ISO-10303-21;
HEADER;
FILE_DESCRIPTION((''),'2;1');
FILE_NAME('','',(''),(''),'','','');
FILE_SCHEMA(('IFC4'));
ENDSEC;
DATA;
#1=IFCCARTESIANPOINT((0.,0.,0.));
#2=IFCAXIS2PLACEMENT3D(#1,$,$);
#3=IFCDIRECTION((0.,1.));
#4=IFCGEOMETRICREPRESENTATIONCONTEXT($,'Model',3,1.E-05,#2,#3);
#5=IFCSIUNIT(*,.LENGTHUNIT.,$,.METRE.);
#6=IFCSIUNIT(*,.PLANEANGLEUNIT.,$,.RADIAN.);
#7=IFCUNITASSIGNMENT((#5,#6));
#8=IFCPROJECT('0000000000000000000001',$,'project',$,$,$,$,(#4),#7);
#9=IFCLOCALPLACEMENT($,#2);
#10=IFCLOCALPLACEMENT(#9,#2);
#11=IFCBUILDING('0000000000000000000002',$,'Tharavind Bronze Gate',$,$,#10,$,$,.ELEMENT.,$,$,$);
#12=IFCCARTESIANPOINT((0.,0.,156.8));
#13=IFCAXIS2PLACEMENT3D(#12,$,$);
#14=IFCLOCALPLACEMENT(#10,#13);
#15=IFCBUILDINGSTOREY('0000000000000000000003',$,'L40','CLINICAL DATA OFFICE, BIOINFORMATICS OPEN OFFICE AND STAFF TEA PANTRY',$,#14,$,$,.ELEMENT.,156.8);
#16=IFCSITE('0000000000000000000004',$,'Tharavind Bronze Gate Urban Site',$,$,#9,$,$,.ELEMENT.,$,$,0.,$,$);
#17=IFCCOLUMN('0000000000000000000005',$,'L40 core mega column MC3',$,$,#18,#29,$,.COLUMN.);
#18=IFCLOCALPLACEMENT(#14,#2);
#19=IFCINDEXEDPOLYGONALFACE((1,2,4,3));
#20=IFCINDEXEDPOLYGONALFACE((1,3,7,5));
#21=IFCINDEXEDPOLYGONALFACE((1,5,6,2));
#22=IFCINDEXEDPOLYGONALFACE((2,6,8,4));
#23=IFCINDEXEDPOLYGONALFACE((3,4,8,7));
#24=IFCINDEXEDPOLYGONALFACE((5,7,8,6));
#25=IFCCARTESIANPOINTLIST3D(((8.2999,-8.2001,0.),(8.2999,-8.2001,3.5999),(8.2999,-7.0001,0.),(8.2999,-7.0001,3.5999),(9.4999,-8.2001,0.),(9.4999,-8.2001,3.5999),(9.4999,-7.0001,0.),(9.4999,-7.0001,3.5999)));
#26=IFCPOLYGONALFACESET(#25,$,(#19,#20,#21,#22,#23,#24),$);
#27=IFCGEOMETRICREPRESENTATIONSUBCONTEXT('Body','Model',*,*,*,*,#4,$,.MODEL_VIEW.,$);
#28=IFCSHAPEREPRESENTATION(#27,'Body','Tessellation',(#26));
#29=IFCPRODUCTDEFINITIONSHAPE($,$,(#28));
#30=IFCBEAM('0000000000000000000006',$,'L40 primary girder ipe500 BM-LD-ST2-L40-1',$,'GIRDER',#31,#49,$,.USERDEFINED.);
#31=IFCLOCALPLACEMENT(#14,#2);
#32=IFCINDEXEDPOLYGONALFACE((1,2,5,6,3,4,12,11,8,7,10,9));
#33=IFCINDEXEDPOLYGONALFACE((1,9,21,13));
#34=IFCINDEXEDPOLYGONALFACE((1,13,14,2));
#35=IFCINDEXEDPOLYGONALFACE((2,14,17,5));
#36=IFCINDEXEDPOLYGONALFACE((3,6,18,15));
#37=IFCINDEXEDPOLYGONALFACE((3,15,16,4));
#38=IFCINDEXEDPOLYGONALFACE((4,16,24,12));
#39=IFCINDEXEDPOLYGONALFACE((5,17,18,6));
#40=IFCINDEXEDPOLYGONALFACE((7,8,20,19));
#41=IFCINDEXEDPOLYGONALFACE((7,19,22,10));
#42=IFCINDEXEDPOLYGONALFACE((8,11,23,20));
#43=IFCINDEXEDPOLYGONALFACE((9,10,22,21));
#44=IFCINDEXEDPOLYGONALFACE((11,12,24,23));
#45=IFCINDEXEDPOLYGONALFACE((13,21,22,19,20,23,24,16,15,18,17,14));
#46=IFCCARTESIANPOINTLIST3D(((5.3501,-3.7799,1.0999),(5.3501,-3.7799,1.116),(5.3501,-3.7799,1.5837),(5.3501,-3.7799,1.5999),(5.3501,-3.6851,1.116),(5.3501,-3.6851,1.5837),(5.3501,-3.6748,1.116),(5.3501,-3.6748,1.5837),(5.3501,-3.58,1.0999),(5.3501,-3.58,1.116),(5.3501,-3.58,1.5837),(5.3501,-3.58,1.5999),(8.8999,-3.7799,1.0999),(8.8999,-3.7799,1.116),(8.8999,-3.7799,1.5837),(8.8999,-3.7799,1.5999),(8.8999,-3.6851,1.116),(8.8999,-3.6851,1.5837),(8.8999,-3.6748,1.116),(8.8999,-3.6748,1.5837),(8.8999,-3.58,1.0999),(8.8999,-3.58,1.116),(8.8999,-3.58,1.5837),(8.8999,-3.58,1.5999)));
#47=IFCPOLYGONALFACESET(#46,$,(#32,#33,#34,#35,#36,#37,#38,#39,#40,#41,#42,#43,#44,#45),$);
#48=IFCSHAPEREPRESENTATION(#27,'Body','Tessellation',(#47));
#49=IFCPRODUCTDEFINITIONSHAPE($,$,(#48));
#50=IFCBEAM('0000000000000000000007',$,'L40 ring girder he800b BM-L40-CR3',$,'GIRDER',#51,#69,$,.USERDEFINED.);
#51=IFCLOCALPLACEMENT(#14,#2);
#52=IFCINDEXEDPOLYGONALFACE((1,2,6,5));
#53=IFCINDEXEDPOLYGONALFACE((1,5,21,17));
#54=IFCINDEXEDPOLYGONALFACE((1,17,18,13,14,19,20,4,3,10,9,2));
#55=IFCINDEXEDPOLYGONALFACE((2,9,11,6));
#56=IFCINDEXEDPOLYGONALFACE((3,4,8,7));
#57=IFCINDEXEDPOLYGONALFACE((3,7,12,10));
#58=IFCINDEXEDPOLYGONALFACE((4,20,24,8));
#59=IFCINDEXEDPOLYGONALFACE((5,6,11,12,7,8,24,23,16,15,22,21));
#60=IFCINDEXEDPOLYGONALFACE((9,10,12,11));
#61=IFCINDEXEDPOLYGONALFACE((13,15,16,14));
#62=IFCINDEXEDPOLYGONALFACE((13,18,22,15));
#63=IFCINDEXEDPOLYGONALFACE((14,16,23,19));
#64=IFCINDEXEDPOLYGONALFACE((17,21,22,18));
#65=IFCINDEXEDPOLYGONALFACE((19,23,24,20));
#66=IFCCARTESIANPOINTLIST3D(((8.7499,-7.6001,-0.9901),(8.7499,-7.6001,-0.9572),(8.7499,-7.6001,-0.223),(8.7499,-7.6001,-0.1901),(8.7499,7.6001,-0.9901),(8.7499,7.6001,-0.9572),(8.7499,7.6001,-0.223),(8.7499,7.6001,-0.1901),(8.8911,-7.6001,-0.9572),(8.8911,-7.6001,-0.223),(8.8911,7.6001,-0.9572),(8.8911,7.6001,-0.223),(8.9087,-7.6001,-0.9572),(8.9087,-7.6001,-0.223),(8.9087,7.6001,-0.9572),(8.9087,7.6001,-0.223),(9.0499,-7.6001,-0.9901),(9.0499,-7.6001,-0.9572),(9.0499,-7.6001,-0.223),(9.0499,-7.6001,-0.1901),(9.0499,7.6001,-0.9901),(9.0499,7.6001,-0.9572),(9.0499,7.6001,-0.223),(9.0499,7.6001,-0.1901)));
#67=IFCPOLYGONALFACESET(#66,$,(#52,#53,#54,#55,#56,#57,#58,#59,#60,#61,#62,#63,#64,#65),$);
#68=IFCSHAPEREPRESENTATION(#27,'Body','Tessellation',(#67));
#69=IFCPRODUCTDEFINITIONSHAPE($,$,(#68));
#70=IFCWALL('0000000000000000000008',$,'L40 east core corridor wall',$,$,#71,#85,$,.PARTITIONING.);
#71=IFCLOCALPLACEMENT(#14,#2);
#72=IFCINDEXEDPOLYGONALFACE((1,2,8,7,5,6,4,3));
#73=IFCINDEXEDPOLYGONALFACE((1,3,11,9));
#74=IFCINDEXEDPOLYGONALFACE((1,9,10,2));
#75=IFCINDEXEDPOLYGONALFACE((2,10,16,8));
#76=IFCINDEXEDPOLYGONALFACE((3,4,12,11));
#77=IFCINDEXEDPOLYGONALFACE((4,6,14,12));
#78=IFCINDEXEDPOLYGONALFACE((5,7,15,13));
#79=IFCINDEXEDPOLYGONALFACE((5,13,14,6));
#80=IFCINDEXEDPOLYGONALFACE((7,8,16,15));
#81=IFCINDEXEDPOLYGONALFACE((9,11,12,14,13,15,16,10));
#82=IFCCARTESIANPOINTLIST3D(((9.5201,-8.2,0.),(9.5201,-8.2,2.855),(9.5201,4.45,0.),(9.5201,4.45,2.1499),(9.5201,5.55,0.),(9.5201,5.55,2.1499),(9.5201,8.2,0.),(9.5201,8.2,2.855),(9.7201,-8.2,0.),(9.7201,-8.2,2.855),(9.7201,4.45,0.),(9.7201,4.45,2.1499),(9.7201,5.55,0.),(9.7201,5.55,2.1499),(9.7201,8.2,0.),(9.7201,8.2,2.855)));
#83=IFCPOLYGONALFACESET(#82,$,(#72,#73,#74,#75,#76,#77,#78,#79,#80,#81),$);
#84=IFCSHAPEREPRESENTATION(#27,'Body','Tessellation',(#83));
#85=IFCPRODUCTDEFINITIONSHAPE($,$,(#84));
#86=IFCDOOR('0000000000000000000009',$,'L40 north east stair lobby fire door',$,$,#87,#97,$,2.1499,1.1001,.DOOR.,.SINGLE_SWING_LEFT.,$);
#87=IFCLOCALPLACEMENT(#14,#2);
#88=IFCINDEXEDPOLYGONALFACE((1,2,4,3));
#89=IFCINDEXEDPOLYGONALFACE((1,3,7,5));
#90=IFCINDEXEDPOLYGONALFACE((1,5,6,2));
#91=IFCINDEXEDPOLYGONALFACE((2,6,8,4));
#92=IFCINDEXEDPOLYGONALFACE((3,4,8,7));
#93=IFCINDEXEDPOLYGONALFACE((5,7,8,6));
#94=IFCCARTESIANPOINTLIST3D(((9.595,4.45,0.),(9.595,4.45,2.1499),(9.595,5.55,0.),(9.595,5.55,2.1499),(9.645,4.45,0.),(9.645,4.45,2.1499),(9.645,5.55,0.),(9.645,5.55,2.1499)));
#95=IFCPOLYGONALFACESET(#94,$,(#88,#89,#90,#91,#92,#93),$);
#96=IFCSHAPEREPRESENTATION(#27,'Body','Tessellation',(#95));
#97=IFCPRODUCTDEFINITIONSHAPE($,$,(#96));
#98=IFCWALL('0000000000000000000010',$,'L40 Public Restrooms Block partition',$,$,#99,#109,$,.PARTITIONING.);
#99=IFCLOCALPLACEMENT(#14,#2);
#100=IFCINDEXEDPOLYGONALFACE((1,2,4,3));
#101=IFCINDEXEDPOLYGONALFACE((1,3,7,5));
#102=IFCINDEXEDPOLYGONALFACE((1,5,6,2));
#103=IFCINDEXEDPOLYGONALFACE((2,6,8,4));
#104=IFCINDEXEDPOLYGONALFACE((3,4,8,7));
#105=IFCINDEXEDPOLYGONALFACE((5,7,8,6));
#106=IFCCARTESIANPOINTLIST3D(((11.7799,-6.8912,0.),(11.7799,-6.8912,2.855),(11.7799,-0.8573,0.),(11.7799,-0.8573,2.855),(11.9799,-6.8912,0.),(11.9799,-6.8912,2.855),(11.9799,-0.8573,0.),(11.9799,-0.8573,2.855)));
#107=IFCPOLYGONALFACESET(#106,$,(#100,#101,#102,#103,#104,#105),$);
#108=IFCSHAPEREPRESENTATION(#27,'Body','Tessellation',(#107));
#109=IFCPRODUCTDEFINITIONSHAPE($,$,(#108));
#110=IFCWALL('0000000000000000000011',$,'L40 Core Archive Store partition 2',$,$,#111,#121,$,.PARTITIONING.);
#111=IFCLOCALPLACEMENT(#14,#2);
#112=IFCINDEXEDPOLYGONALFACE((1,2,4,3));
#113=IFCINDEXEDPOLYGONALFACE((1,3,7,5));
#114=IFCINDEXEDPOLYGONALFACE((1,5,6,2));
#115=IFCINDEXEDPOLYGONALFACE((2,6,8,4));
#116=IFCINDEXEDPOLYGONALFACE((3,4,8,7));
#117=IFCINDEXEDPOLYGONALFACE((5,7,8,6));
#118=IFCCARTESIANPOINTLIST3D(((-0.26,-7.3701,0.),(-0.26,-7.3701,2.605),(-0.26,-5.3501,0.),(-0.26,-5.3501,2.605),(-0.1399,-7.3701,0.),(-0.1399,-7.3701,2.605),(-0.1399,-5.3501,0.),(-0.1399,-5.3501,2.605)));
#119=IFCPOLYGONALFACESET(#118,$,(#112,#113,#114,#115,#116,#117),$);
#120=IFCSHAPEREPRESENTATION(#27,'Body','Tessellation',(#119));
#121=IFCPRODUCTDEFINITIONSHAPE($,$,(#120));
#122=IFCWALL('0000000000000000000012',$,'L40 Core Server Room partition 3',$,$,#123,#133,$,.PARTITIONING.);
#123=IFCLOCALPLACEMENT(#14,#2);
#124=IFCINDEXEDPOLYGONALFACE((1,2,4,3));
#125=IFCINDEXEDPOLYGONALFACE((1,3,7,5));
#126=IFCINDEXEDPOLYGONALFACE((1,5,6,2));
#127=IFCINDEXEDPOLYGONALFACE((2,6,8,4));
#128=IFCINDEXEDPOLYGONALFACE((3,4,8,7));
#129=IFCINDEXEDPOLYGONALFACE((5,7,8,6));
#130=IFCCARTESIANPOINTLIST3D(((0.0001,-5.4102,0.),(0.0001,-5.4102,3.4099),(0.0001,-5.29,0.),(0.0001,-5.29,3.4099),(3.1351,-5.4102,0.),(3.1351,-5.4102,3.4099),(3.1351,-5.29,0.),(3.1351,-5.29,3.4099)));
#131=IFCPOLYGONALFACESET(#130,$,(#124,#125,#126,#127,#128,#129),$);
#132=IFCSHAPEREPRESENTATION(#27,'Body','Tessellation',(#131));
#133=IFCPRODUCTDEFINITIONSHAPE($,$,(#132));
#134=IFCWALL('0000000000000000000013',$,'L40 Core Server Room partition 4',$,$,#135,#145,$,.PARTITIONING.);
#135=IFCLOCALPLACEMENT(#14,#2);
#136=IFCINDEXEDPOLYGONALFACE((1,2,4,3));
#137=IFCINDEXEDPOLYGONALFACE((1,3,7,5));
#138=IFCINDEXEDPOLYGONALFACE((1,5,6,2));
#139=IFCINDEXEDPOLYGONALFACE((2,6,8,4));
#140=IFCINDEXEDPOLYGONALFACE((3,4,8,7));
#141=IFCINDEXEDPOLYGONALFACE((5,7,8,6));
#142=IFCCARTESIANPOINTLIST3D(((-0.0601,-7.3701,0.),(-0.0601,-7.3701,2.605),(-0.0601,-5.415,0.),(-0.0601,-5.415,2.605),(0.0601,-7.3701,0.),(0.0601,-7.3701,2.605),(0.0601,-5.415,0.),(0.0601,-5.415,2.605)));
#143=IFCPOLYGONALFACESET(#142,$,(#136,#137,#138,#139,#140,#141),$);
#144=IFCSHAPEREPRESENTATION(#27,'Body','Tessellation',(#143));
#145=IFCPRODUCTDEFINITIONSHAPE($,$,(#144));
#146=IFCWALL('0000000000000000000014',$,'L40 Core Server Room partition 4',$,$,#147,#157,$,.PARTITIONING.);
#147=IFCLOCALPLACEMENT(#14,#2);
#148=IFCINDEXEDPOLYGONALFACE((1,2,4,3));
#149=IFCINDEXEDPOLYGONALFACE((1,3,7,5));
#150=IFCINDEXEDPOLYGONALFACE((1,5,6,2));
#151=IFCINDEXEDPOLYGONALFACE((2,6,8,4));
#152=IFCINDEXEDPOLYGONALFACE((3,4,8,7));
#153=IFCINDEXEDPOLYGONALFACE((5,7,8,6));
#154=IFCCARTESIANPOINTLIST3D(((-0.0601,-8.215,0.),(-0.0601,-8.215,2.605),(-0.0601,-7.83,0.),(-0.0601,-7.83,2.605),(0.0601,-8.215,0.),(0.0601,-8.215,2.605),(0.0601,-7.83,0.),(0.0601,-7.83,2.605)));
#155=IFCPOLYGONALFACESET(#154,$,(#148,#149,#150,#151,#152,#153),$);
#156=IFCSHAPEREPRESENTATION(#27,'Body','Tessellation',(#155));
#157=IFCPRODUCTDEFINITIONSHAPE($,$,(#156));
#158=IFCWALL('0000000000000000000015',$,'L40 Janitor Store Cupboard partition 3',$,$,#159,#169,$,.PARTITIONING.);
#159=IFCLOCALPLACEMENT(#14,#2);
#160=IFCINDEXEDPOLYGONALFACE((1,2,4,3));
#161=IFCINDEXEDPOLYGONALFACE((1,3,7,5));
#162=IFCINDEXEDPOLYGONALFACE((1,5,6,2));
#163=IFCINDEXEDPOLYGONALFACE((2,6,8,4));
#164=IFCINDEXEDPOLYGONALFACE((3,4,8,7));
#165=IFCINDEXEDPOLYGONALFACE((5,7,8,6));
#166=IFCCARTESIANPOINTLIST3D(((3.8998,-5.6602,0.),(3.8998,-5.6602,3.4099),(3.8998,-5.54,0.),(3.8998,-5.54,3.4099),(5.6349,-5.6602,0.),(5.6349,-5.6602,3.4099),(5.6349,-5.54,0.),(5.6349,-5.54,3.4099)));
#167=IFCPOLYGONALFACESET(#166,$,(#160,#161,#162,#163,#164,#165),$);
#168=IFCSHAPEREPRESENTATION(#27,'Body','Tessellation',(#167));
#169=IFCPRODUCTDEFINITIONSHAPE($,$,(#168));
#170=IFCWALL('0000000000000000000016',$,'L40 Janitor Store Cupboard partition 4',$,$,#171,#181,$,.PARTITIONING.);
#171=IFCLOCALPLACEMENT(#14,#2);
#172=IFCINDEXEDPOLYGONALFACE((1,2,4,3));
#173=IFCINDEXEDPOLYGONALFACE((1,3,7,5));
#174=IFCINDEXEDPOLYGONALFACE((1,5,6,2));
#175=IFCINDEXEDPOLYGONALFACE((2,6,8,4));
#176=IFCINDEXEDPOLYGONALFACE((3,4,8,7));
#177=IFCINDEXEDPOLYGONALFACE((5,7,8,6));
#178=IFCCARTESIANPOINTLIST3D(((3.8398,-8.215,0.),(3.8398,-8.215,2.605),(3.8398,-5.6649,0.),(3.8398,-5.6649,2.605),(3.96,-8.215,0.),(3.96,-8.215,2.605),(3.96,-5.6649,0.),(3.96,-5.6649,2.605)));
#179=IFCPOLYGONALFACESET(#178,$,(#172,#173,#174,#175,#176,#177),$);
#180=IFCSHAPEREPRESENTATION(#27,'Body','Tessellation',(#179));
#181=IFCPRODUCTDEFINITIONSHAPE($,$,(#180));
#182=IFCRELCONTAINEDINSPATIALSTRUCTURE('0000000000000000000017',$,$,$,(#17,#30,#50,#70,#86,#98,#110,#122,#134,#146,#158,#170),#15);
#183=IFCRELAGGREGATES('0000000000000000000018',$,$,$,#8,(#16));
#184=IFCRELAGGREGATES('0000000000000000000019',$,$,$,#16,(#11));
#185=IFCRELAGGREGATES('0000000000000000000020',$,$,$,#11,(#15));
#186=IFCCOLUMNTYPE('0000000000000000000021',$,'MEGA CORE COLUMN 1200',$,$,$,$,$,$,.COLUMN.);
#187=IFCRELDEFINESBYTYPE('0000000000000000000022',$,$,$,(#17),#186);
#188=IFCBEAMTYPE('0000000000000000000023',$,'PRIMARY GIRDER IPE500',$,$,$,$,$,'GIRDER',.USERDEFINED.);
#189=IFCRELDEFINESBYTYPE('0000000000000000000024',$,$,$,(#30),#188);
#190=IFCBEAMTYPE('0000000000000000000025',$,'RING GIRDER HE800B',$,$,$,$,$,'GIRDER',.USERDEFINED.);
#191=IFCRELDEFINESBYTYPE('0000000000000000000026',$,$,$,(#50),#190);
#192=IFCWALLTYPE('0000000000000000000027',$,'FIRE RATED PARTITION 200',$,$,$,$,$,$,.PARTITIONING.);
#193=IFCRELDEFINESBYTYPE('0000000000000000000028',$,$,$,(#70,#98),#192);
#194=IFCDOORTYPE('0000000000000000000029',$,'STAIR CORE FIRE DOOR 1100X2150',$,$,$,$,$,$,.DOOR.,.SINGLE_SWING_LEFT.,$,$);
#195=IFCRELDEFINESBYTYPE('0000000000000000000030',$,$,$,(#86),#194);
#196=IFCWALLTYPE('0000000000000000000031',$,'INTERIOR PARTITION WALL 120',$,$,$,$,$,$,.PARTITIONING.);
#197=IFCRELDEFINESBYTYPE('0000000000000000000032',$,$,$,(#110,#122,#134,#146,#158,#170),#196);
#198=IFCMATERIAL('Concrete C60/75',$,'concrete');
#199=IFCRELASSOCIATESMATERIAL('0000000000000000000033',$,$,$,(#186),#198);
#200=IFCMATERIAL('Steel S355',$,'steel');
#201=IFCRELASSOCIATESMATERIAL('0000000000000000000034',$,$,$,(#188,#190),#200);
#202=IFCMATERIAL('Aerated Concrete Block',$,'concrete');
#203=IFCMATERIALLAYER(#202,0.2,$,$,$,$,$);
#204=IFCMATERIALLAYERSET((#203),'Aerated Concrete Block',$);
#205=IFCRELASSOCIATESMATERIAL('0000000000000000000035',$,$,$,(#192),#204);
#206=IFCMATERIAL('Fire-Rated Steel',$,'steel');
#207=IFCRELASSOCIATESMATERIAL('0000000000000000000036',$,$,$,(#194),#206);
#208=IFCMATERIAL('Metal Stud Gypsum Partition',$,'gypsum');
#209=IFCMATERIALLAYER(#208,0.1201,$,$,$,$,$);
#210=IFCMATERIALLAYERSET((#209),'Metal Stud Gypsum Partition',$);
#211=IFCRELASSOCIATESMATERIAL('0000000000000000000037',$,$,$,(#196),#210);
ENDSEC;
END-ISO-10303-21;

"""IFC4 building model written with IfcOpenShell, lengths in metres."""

from ifc_helpers import new_model, si_unit, direction, frame, frame_2d, origin, origin_2d, place, context, subcontext, project, spatial, rectangle, i_section, extrude, material, layer, layer_set, material_profile, profile_set, type_object, element, fill, save


model = new_model("IFC4")

# Units and contexts
model_context = context("Model", 3, precision=1e-05, world=origin(), true_north=direction((0.0, 1.0)))
body_context = subcontext(model_context, "Body", "Model", "MODEL_VIEW")
ifc_project = project(units=[si_unit("LENGTHUNIT", "METRE"), si_unit("PLANEANGLEUNIT", "RADIAN")], contexts=[model_context])

# Site, building, storey
site_placement = place(None, origin())
site = spatial("IfcSite", under=ifc_project, at=site_placement, Name="Tharavind Bronze Gate Urban Site", CompositionType="ELEMENT", RefElevation=0.0)
building_placement = place(site_placement, origin())
building = spatial("IfcBuilding", under=site, at=building_placement, Name="Tharavind Bronze Gate", CompositionType="ELEMENT")
storey_placement = place(building_placement, frame((0.0, 0.0, 156.8)))
storey = spatial("IfcBuildingStorey", under=building, at=storey_placement, Name="L40", Description="CLINICAL DATA OFFICE, BIOINFORMATICS OPEN OFFICE AND STAFF TEA PANTRY", CompositionType="ELEMENT", Elevation=156.8)

# Column
ifc_material_1 = material(Name="Concrete C60/75", Category="concrete")
ifc_material_profile_1 = material_profile(ifc_material_1, rectangle(XDim=1.2, YDim=1.2, at=origin_2d()), Name="RCCOL1200")
ifc_profile_set_1 = profile_set([ifc_material_profile_1], Name="Concrete C60/75")
column_type = type_object("IfcColumnType", Name="MEGA CORE COLUMN 1200", PredefinedType="COLUMN", material=ifc_profile_set_1)
column_placement = place(storey_placement, frame((8.8999, -7.6001, 0.0), z_axis=(0.0, 0.0, 1.0), x_axis=(1.0, 0.0, 0.0)))
element("IfcColumn", 1, at=column_placement, inside=storey, type_object=column_type, Name="L40 core mega column MC3", PredefinedType="COLUMN", context=body_context, shape_type="SweptSolid", body=[
    extrude(rectangle(XDim=1.2, YDim=1.2, at=origin_2d()), origin(), (0.0, 0.0, 1.0), 3.5999),
])

# Beams
ifc_material_2 = material(Name="Steel S355", Category="steel")
ifc_material_profile_2 = material_profile(ifc_material_2, i_section(OverallWidth=0.2, OverallDepth=0.5, WebThickness=0.0103, FlangeThickness=0.0161, at=origin_2d()), Name="IPE500")
ifc_profile_set_2 = profile_set([ifc_material_profile_2], Name="Steel S355")
beam_type_1 = type_object("IfcBeamType", Name="PRIMARY GIRDER IPE500", ElementType="GIRDER", PredefinedType="USERDEFINED", material=ifc_profile_set_2)
beam_1_placement = place(storey_placement, frame((5.3501, -3.6799, 1.3499), z_axis=(1.0, 0.0, 0.0), x_axis=(0.0, 1.0, 0.0)))
element("IfcBeam", 2, at=beam_1_placement, inside=storey, type_object=beam_type_1, Name="L40 primary girder ipe500 BM-LD-ST2-L40-1", ObjectType="GIRDER", PredefinedType="USERDEFINED", context=body_context, shape_type="SweptSolid", body=[
    extrude(i_section(OverallWidth=0.2, OverallDepth=0.5, WebThickness=0.0103, FlangeThickness=0.0161, at=origin_2d()), origin(), (0.0, 0.0, 1.0), 3.5498),
])
ifc_material_profile_3 = material_profile(ifc_material_2, i_section(OverallWidth=0.3, OverallDepth=0.8, WebThickness=0.0176, FlangeThickness=0.033, at=origin_2d()), Name="HE800B")
ifc_profile_set_3 = profile_set([ifc_material_profile_3], Name="Steel S355")
beam_type_2 = type_object("IfcBeamType", Name="RING GIRDER HE800B", ElementType="GIRDER", PredefinedType="USERDEFINED", material=ifc_profile_set_3)
beam_2_placement = place(storey_placement, frame((8.8999, -7.6001, -0.5901), z_axis=(0.0, 1.0, 0.0), x_axis=(-1.0, 0.0, 0.0)))
element("IfcBeam", 3, at=beam_2_placement, inside=storey, type_object=beam_type_2, Name="L40 ring girder he800b BM-L40-CR3", ObjectType="GIRDER", PredefinedType="USERDEFINED", context=body_context, shape_type="SweptSolid", body=[
    extrude(i_section(OverallWidth=0.3, OverallDepth=0.8, WebThickness=0.0176, FlangeThickness=0.033, at=origin_2d()), origin(), (0.0, 0.0, 1.0), 15.2002),
])

# Wall, opening, door
ifc_material_3 = material(Name="Aerated Concrete Block", Category="concrete")
ifc_layer_1 = layer(ifc_material_3, 0.2)
ifc_layer_set_1 = layer_set([ifc_layer_1], Name="Aerated Concrete Block")
wall_type_1 = type_object("IfcWallType", Name="FIRE RATED PARTITION 200", PredefinedType="PARTITIONING", material=ifc_layer_set_1)
wall_1_placement = place(storey_placement, frame((9.6201, -8.2, 0.0), z_axis=(0.0, 0.0, 1.0), x_axis=(0.0, 1.0, 0.0)))
wall_1 = element("IfcWall", 4, at=wall_1_placement, inside=storey, type_object=wall_type_1, Name="L40 east core corridor wall", PredefinedType="PARTITIONING", context=body_context, shape_type="SweptSolid", body=[
    extrude(rectangle(XDim=16.3999, YDim=0.2, at=frame_2d((8.2, 0.0))), origin(), (0.0, 0.0, 1.0), 2.855),
])
opening_1_placement = place(wall_1_placement, frame((12.6499, 0.0, 0.0)))
opening_1 = element("IfcOpeningElement", 5, at=opening_1_placement, cuts=wall_1, PredefinedType="OPENING", context=body_context, shape_type="SweptSolid", body=[
    extrude(rectangle(XDim=1.1001, YDim=2.1499, at=frame_2d((0.55, 1.075))), frame((0.0, 0.1101, 0.0), z_axis=(0.0, -1.0, 0.0), x_axis=(1.0, 0.0, 0.0)), (0.0, 0.0, 1.0), 0.22),
])
ifc_material_4 = material(Name="Fire-Rated Steel", Category="steel")
door_type_1 = type_object("IfcDoorType", Name="STAIR CORE FIRE DOOR 1100X2150", OperationType="SINGLE_SWING_LEFT", PredefinedType="DOOR", material=ifc_material_4)
door_1_placement = place(opening_1_placement, frame((1.1001, 0.0, 0.0), z_axis=(0.0, 0.0, 1.0), x_axis=(-1.0, 0.0, 0.0)))
door_1 = element("IfcDoor", 6, at=door_1_placement, inside=storey, type_object=door_type_1, Name="L40 north east stair lobby fire door", OperationType="SINGLE_SWING_LEFT", OverallHeight=2.1499, OverallWidth=1.1001, PredefinedType="DOOR", context=body_context, shape_type="SweptSolid", body=[
    extrude(rectangle(XDim=1.1001, YDim=2.1499, at=frame_2d((0.55, 1.075))), frame((0.0, 0.0249, 0.0), z_axis=(0.0, -1.0, 0.0), x_axis=(1.0, 0.0, 0.0)), (0.0, 0.0, 1.0), 0.05),
])
fill(opening_1, door_1)

# Walls
wall_2_placement = place(storey_placement, frame((11.8799, -6.8914, 0.0), z_axis=(0.0, 0.0, 1.0), x_axis=(0.0, 1.0, 0.0)))
element("IfcWall", 7, at=wall_2_placement, inside=storey, type_object=wall_type_1, Name="L40 Public Restrooms Block partition", PredefinedType="PARTITIONING", context=body_context, shape_type="SweptSolid", body=[
    extrude(rectangle(XDim=6.0339, YDim=0.2, at=frame_2d((3.0171, 0.0))), origin(), (0.0, 0.0, 1.0), 2.855),
])
ifc_material_5 = material(Name="Metal Stud Gypsum Partition", Category="gypsum")
ifc_layer_2 = layer(ifc_material_5, 0.1201)
ifc_layer_set_2 = layer_set([ifc_layer_2], Name="Metal Stud Gypsum Partition")
wall_type_2 = type_object("IfcWallType", Name="INTERIOR PARTITION WALL 120", PredefinedType="PARTITIONING", material=ifc_layer_set_2)
wall_3_placement = place(storey_placement, frame((-0.2, -7.3701, 0.0), z_axis=(0.0, 0.0, 1.0), x_axis=(0.0, 1.0, 0.0)))
element("IfcWall", 8, at=wall_3_placement, inside=storey, type_object=wall_type_2, Name="L40 Core Archive Store partition 2", PredefinedType="PARTITIONING", context=body_context, shape_type="SweptSolid", body=[
    extrude(rectangle(XDim=2.02, YDim=0.1201, at=frame_2d((1.01, 0.0))), origin(), (0.0, 0.0, 1.0), 2.605),
])
wall_4_placement = place(storey_placement, frame((3.135, -5.3501, 0.0), z_axis=(0.0, 0.0, 1.0), x_axis=(-1.0, 0.0, 0.0)))
element("IfcWall", 9, at=wall_4_placement, inside=storey, type_object=wall_type_2, Name="L40 Core Server Room partition 3", PredefinedType="PARTITIONING", context=body_context, shape_type="SweptSolid", body=[
    extrude(rectangle(XDim=3.135, YDim=0.1201, at=frame_2d((1.5674, 0.0))), origin(), (0.0, 0.0, 1.0), 3.4099),
])
wall_5_placement = place(storey_placement, frame((0.0, -5.415, 0.0), z_axis=(0.0, 0.0, 1.0), x_axis=(0.0, -1.0, 0.0)))
element("IfcWall", 10, at=wall_5_placement, inside=storey, type_object=wall_type_2, Name="L40 Core Server Room partition 4", PredefinedType="PARTITIONING", context=body_context, shape_type="SweptSolid", body=[
    extrude(rectangle(XDim=1.9551, YDim=0.1201, at=frame_2d((0.9775, 0.0))), origin(), (0.0, 0.0, 1.0), 2.605),
])
wall_6_placement = place(storey_placement, frame((0.0, -7.8301, 0.0), z_axis=(0.0, 0.0, 1.0), x_axis=(0.0, -1.0, 0.0)))
element("IfcWall", 11, at=wall_6_placement, inside=storey, type_object=wall_type_2, Name="L40 Core Server Room partition 4", PredefinedType="PARTITIONING", context=body_context, shape_type="SweptSolid", body=[
    extrude(rectangle(XDim=0.385, YDim=0.1201, at=frame_2d((0.1924, 0.0))), origin(), (0.0, 0.0, 1.0), 2.605),
])
wall_7_placement = place(storey_placement, frame((5.635, -5.6001, 0.0), z_axis=(0.0, 0.0, 1.0), x_axis=(-1.0, 0.0, 0.0)))
element("IfcWall", 12, at=wall_7_placement, inside=storey, type_object=wall_type_2, Name="L40 Janitor Store Cupboard partition 3", PredefinedType="PARTITIONING", context=body_context, shape_type="SweptSolid", body=[
    extrude(rectangle(XDim=1.7351, YDim=0.1201, at=frame_2d((0.8677, 0.0))), origin(), (0.0, 0.0, 1.0), 3.4099),
])
wall_8_placement = place(storey_placement, frame((3.8999, -5.665, 0.0), z_axis=(0.0, 0.0, 1.0), x_axis=(0.0, -1.0, 0.0)))
element("IfcWall", 13, at=wall_8_placement, inside=storey, type_object=wall_type_2, Name="L40 Janitor Store Cupboard partition 4", PredefinedType="PARTITIONING", context=body_context, shape_type="SweptSolid", body=[
    extrude(rectangle(XDim=2.55, YDim=0.1201, at=frame_2d((1.2749, 0.0))), origin(), (0.0, 0.0, 1.0), 2.605),
])

save(model, "model.ifc")
